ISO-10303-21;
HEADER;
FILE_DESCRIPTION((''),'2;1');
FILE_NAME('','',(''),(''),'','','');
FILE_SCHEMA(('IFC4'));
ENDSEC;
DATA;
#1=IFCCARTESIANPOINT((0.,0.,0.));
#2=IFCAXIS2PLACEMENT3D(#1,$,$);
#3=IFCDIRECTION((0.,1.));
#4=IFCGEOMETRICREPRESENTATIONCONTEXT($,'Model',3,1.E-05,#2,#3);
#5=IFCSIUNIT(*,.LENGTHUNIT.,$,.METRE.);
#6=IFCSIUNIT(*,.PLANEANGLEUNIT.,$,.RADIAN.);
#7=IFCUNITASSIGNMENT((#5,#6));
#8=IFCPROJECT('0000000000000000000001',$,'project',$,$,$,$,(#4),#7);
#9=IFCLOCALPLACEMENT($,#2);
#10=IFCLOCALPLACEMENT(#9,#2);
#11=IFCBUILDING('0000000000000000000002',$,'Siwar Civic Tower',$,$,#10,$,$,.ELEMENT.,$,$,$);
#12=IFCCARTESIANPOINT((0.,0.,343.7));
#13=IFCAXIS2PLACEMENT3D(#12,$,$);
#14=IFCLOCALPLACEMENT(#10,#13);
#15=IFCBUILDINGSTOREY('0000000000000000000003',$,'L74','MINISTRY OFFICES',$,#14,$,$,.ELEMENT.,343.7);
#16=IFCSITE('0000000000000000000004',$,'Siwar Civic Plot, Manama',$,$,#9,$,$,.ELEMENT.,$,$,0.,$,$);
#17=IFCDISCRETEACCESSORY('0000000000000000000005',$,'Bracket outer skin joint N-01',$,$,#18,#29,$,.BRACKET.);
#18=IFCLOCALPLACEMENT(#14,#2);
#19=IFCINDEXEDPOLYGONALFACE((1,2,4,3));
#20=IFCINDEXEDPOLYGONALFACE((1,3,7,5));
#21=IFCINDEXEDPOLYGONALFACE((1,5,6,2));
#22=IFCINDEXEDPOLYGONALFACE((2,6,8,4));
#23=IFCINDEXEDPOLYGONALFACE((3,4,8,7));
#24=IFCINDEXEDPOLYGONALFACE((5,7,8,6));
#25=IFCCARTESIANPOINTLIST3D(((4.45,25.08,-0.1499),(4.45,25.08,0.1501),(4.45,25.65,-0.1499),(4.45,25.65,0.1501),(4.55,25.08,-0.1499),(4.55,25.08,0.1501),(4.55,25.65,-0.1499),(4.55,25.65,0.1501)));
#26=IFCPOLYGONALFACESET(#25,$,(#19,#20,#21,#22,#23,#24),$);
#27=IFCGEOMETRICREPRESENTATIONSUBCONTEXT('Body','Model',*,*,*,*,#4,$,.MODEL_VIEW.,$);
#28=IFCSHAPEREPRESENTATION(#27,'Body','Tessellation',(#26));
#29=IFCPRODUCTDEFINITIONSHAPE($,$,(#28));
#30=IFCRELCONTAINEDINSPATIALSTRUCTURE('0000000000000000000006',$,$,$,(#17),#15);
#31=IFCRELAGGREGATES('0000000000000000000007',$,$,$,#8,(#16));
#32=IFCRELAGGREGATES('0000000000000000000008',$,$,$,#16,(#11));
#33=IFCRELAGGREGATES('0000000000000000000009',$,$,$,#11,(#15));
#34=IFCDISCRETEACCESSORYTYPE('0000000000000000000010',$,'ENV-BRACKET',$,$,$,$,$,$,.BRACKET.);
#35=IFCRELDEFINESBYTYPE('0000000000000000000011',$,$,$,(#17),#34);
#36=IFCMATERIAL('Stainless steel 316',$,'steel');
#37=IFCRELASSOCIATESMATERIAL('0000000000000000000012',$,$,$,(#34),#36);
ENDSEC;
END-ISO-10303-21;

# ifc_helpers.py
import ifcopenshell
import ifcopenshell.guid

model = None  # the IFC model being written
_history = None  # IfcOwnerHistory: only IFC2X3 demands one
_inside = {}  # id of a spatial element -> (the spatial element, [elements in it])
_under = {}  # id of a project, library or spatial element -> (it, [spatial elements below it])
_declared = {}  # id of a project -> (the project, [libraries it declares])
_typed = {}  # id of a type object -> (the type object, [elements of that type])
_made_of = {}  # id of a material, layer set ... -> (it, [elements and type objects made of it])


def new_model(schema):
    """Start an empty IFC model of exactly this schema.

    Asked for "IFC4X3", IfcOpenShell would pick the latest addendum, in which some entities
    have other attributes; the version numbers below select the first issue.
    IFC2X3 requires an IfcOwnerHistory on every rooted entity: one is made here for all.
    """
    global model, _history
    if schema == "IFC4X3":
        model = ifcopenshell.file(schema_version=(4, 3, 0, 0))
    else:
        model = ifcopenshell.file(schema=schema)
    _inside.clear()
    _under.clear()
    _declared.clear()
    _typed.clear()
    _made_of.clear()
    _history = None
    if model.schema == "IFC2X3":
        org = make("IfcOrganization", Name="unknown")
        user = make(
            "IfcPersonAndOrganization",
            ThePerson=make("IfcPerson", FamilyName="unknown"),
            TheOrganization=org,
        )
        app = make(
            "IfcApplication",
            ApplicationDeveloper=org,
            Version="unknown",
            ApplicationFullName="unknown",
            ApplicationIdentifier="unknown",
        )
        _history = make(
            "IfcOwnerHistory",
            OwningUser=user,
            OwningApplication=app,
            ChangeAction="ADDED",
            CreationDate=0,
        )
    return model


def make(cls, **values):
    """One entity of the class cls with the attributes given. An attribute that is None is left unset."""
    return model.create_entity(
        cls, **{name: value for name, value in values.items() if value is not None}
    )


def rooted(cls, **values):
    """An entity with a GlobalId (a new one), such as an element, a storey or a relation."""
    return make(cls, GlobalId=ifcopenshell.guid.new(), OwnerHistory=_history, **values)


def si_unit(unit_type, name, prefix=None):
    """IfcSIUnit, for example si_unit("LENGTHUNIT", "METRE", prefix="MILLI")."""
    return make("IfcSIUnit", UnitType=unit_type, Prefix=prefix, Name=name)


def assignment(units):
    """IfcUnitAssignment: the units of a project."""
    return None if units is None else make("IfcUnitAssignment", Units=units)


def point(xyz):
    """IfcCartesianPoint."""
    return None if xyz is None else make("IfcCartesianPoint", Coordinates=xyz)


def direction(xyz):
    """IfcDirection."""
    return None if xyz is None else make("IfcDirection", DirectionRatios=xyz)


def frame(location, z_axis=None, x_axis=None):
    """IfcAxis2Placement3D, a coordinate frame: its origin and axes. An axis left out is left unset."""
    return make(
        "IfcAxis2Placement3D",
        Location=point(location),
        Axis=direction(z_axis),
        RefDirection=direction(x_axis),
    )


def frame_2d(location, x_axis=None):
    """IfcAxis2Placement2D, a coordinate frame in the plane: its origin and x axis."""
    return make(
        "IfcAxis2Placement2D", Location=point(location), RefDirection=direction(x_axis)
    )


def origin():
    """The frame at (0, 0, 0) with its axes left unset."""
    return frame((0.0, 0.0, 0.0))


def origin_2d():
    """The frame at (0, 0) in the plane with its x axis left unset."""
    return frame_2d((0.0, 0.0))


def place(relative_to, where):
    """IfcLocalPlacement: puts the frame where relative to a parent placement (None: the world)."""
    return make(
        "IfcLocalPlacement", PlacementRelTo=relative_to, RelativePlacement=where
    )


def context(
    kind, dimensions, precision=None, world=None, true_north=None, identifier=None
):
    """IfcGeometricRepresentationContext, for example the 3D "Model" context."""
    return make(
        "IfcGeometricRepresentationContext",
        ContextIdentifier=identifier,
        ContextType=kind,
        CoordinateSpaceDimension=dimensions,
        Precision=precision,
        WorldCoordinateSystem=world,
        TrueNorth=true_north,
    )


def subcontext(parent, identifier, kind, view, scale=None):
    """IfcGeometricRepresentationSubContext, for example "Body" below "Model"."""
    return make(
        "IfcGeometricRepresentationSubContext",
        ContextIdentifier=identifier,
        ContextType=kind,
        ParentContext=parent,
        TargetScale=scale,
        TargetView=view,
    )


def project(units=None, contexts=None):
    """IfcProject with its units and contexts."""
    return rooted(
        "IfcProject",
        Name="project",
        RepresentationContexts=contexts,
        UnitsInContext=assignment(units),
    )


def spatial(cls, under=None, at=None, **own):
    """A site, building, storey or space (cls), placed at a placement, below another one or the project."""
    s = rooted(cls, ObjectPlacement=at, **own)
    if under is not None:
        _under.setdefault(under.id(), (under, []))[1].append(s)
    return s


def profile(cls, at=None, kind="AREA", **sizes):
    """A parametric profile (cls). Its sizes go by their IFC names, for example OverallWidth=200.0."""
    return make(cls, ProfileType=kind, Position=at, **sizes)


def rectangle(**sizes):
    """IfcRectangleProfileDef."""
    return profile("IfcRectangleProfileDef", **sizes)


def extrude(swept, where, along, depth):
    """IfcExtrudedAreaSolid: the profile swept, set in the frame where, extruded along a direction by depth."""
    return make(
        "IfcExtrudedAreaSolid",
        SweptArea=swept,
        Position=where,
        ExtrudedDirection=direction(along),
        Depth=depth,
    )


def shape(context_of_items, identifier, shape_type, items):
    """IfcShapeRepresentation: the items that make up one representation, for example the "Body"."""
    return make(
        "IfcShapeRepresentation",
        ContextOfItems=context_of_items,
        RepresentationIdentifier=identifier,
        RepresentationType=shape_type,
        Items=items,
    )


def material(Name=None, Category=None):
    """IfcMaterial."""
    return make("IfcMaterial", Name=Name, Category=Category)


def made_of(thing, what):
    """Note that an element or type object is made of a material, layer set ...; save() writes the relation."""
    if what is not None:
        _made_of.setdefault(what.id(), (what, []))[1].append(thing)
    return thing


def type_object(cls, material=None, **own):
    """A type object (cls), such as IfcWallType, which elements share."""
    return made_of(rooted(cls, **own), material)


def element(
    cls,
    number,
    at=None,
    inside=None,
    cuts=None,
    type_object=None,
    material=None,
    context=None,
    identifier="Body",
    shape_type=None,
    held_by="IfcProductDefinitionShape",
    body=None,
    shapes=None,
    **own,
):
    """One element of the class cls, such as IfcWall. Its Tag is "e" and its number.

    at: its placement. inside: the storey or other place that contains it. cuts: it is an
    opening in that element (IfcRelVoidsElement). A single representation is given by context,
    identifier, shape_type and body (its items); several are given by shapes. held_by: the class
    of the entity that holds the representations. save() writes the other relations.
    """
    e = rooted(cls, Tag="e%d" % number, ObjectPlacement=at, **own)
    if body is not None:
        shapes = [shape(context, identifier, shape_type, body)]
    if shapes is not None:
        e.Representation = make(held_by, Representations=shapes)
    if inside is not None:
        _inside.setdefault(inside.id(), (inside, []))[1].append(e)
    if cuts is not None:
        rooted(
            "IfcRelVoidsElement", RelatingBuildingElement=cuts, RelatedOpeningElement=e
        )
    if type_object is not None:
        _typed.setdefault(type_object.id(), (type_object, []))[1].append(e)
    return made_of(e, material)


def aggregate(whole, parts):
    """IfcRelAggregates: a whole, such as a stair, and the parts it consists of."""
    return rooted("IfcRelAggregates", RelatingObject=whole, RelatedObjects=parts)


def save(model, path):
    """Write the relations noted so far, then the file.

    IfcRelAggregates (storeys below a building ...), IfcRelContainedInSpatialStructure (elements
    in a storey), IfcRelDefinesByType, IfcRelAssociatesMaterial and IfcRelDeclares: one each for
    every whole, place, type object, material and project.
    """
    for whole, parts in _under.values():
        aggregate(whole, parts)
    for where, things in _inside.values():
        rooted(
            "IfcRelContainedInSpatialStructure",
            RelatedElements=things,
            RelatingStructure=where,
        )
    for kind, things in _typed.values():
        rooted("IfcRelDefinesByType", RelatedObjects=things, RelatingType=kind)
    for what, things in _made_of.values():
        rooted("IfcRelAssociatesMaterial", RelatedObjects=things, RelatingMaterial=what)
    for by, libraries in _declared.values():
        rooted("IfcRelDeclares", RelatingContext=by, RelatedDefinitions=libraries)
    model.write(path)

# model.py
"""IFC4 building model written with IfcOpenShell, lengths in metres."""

from ifc_helpers import new_model, si_unit, direction, frame, origin, origin_2d, place, context, subcontext, project, spatial, rectangle, extrude, material, type_object, element, save


model = new_model("IFC4")

# Units and contexts
model_context = context("Model", 3, precision=1e-05, world=origin(), true_north=direction((0.0, 1.0)))
body_context = subcontext(model_context, "Body", "Model", "MODEL_VIEW")
ifc_project = project(units=[si_unit("LENGTHUNIT", "METRE"), si_unit("PLANEANGLEUNIT", "RADIAN")], contexts=[model_context])

# Site, building, storey
site_placement = place(None, origin())
site = spatial("IfcSite", under=ifc_project, at=site_placement, Name="Siwar Civic Plot, Manama", CompositionType="ELEMENT", RefElevation=0.0)
building_placement = place(site_placement, origin())
building = spatial("IfcBuilding", under=site, at=building_placement, Name="Siwar Civic Tower", CompositionType="ELEMENT")
storey_placement = place(building_placement, frame((0.0, 0.0, 343.7)))
storey = spatial("IfcBuildingStorey", under=building, at=storey_placement, Name="L74", Description="MINISTRY OFFICES", CompositionType="ELEMENT", Elevation=343.7)

# Discrete accessory
ifc_material_1 = material(Name="Stainless steel 316", Category="steel")
discrete_accessory_type = type_object("IfcDiscreteAccessoryType", Name="ENV-BRACKET", PredefinedType="BRACKET", material=ifc_material_1)
discrete_accessory_placement = place(storey_placement, frame((4.5, 25.365, -0.1499), z_axis=(0.0, 0.0, 1.0), x_axis=(0.0, 1.0, 0.0)))
element("IfcDiscreteAccessory", 1, at=discrete_accessory_placement, inside=storey, type_object=discrete_accessory_type, Name="Bracket outer skin joint N-01", PredefinedType="BRACKET", context=body_context, shape_type="SweptSolid", body=[
    extrude(rectangle(XDim=0.5701, YDim=0.1001, at=origin_2d()), origin(), (0.0, 0.0, 1.0), 0.3),
])

save(model, "model.ifc")
